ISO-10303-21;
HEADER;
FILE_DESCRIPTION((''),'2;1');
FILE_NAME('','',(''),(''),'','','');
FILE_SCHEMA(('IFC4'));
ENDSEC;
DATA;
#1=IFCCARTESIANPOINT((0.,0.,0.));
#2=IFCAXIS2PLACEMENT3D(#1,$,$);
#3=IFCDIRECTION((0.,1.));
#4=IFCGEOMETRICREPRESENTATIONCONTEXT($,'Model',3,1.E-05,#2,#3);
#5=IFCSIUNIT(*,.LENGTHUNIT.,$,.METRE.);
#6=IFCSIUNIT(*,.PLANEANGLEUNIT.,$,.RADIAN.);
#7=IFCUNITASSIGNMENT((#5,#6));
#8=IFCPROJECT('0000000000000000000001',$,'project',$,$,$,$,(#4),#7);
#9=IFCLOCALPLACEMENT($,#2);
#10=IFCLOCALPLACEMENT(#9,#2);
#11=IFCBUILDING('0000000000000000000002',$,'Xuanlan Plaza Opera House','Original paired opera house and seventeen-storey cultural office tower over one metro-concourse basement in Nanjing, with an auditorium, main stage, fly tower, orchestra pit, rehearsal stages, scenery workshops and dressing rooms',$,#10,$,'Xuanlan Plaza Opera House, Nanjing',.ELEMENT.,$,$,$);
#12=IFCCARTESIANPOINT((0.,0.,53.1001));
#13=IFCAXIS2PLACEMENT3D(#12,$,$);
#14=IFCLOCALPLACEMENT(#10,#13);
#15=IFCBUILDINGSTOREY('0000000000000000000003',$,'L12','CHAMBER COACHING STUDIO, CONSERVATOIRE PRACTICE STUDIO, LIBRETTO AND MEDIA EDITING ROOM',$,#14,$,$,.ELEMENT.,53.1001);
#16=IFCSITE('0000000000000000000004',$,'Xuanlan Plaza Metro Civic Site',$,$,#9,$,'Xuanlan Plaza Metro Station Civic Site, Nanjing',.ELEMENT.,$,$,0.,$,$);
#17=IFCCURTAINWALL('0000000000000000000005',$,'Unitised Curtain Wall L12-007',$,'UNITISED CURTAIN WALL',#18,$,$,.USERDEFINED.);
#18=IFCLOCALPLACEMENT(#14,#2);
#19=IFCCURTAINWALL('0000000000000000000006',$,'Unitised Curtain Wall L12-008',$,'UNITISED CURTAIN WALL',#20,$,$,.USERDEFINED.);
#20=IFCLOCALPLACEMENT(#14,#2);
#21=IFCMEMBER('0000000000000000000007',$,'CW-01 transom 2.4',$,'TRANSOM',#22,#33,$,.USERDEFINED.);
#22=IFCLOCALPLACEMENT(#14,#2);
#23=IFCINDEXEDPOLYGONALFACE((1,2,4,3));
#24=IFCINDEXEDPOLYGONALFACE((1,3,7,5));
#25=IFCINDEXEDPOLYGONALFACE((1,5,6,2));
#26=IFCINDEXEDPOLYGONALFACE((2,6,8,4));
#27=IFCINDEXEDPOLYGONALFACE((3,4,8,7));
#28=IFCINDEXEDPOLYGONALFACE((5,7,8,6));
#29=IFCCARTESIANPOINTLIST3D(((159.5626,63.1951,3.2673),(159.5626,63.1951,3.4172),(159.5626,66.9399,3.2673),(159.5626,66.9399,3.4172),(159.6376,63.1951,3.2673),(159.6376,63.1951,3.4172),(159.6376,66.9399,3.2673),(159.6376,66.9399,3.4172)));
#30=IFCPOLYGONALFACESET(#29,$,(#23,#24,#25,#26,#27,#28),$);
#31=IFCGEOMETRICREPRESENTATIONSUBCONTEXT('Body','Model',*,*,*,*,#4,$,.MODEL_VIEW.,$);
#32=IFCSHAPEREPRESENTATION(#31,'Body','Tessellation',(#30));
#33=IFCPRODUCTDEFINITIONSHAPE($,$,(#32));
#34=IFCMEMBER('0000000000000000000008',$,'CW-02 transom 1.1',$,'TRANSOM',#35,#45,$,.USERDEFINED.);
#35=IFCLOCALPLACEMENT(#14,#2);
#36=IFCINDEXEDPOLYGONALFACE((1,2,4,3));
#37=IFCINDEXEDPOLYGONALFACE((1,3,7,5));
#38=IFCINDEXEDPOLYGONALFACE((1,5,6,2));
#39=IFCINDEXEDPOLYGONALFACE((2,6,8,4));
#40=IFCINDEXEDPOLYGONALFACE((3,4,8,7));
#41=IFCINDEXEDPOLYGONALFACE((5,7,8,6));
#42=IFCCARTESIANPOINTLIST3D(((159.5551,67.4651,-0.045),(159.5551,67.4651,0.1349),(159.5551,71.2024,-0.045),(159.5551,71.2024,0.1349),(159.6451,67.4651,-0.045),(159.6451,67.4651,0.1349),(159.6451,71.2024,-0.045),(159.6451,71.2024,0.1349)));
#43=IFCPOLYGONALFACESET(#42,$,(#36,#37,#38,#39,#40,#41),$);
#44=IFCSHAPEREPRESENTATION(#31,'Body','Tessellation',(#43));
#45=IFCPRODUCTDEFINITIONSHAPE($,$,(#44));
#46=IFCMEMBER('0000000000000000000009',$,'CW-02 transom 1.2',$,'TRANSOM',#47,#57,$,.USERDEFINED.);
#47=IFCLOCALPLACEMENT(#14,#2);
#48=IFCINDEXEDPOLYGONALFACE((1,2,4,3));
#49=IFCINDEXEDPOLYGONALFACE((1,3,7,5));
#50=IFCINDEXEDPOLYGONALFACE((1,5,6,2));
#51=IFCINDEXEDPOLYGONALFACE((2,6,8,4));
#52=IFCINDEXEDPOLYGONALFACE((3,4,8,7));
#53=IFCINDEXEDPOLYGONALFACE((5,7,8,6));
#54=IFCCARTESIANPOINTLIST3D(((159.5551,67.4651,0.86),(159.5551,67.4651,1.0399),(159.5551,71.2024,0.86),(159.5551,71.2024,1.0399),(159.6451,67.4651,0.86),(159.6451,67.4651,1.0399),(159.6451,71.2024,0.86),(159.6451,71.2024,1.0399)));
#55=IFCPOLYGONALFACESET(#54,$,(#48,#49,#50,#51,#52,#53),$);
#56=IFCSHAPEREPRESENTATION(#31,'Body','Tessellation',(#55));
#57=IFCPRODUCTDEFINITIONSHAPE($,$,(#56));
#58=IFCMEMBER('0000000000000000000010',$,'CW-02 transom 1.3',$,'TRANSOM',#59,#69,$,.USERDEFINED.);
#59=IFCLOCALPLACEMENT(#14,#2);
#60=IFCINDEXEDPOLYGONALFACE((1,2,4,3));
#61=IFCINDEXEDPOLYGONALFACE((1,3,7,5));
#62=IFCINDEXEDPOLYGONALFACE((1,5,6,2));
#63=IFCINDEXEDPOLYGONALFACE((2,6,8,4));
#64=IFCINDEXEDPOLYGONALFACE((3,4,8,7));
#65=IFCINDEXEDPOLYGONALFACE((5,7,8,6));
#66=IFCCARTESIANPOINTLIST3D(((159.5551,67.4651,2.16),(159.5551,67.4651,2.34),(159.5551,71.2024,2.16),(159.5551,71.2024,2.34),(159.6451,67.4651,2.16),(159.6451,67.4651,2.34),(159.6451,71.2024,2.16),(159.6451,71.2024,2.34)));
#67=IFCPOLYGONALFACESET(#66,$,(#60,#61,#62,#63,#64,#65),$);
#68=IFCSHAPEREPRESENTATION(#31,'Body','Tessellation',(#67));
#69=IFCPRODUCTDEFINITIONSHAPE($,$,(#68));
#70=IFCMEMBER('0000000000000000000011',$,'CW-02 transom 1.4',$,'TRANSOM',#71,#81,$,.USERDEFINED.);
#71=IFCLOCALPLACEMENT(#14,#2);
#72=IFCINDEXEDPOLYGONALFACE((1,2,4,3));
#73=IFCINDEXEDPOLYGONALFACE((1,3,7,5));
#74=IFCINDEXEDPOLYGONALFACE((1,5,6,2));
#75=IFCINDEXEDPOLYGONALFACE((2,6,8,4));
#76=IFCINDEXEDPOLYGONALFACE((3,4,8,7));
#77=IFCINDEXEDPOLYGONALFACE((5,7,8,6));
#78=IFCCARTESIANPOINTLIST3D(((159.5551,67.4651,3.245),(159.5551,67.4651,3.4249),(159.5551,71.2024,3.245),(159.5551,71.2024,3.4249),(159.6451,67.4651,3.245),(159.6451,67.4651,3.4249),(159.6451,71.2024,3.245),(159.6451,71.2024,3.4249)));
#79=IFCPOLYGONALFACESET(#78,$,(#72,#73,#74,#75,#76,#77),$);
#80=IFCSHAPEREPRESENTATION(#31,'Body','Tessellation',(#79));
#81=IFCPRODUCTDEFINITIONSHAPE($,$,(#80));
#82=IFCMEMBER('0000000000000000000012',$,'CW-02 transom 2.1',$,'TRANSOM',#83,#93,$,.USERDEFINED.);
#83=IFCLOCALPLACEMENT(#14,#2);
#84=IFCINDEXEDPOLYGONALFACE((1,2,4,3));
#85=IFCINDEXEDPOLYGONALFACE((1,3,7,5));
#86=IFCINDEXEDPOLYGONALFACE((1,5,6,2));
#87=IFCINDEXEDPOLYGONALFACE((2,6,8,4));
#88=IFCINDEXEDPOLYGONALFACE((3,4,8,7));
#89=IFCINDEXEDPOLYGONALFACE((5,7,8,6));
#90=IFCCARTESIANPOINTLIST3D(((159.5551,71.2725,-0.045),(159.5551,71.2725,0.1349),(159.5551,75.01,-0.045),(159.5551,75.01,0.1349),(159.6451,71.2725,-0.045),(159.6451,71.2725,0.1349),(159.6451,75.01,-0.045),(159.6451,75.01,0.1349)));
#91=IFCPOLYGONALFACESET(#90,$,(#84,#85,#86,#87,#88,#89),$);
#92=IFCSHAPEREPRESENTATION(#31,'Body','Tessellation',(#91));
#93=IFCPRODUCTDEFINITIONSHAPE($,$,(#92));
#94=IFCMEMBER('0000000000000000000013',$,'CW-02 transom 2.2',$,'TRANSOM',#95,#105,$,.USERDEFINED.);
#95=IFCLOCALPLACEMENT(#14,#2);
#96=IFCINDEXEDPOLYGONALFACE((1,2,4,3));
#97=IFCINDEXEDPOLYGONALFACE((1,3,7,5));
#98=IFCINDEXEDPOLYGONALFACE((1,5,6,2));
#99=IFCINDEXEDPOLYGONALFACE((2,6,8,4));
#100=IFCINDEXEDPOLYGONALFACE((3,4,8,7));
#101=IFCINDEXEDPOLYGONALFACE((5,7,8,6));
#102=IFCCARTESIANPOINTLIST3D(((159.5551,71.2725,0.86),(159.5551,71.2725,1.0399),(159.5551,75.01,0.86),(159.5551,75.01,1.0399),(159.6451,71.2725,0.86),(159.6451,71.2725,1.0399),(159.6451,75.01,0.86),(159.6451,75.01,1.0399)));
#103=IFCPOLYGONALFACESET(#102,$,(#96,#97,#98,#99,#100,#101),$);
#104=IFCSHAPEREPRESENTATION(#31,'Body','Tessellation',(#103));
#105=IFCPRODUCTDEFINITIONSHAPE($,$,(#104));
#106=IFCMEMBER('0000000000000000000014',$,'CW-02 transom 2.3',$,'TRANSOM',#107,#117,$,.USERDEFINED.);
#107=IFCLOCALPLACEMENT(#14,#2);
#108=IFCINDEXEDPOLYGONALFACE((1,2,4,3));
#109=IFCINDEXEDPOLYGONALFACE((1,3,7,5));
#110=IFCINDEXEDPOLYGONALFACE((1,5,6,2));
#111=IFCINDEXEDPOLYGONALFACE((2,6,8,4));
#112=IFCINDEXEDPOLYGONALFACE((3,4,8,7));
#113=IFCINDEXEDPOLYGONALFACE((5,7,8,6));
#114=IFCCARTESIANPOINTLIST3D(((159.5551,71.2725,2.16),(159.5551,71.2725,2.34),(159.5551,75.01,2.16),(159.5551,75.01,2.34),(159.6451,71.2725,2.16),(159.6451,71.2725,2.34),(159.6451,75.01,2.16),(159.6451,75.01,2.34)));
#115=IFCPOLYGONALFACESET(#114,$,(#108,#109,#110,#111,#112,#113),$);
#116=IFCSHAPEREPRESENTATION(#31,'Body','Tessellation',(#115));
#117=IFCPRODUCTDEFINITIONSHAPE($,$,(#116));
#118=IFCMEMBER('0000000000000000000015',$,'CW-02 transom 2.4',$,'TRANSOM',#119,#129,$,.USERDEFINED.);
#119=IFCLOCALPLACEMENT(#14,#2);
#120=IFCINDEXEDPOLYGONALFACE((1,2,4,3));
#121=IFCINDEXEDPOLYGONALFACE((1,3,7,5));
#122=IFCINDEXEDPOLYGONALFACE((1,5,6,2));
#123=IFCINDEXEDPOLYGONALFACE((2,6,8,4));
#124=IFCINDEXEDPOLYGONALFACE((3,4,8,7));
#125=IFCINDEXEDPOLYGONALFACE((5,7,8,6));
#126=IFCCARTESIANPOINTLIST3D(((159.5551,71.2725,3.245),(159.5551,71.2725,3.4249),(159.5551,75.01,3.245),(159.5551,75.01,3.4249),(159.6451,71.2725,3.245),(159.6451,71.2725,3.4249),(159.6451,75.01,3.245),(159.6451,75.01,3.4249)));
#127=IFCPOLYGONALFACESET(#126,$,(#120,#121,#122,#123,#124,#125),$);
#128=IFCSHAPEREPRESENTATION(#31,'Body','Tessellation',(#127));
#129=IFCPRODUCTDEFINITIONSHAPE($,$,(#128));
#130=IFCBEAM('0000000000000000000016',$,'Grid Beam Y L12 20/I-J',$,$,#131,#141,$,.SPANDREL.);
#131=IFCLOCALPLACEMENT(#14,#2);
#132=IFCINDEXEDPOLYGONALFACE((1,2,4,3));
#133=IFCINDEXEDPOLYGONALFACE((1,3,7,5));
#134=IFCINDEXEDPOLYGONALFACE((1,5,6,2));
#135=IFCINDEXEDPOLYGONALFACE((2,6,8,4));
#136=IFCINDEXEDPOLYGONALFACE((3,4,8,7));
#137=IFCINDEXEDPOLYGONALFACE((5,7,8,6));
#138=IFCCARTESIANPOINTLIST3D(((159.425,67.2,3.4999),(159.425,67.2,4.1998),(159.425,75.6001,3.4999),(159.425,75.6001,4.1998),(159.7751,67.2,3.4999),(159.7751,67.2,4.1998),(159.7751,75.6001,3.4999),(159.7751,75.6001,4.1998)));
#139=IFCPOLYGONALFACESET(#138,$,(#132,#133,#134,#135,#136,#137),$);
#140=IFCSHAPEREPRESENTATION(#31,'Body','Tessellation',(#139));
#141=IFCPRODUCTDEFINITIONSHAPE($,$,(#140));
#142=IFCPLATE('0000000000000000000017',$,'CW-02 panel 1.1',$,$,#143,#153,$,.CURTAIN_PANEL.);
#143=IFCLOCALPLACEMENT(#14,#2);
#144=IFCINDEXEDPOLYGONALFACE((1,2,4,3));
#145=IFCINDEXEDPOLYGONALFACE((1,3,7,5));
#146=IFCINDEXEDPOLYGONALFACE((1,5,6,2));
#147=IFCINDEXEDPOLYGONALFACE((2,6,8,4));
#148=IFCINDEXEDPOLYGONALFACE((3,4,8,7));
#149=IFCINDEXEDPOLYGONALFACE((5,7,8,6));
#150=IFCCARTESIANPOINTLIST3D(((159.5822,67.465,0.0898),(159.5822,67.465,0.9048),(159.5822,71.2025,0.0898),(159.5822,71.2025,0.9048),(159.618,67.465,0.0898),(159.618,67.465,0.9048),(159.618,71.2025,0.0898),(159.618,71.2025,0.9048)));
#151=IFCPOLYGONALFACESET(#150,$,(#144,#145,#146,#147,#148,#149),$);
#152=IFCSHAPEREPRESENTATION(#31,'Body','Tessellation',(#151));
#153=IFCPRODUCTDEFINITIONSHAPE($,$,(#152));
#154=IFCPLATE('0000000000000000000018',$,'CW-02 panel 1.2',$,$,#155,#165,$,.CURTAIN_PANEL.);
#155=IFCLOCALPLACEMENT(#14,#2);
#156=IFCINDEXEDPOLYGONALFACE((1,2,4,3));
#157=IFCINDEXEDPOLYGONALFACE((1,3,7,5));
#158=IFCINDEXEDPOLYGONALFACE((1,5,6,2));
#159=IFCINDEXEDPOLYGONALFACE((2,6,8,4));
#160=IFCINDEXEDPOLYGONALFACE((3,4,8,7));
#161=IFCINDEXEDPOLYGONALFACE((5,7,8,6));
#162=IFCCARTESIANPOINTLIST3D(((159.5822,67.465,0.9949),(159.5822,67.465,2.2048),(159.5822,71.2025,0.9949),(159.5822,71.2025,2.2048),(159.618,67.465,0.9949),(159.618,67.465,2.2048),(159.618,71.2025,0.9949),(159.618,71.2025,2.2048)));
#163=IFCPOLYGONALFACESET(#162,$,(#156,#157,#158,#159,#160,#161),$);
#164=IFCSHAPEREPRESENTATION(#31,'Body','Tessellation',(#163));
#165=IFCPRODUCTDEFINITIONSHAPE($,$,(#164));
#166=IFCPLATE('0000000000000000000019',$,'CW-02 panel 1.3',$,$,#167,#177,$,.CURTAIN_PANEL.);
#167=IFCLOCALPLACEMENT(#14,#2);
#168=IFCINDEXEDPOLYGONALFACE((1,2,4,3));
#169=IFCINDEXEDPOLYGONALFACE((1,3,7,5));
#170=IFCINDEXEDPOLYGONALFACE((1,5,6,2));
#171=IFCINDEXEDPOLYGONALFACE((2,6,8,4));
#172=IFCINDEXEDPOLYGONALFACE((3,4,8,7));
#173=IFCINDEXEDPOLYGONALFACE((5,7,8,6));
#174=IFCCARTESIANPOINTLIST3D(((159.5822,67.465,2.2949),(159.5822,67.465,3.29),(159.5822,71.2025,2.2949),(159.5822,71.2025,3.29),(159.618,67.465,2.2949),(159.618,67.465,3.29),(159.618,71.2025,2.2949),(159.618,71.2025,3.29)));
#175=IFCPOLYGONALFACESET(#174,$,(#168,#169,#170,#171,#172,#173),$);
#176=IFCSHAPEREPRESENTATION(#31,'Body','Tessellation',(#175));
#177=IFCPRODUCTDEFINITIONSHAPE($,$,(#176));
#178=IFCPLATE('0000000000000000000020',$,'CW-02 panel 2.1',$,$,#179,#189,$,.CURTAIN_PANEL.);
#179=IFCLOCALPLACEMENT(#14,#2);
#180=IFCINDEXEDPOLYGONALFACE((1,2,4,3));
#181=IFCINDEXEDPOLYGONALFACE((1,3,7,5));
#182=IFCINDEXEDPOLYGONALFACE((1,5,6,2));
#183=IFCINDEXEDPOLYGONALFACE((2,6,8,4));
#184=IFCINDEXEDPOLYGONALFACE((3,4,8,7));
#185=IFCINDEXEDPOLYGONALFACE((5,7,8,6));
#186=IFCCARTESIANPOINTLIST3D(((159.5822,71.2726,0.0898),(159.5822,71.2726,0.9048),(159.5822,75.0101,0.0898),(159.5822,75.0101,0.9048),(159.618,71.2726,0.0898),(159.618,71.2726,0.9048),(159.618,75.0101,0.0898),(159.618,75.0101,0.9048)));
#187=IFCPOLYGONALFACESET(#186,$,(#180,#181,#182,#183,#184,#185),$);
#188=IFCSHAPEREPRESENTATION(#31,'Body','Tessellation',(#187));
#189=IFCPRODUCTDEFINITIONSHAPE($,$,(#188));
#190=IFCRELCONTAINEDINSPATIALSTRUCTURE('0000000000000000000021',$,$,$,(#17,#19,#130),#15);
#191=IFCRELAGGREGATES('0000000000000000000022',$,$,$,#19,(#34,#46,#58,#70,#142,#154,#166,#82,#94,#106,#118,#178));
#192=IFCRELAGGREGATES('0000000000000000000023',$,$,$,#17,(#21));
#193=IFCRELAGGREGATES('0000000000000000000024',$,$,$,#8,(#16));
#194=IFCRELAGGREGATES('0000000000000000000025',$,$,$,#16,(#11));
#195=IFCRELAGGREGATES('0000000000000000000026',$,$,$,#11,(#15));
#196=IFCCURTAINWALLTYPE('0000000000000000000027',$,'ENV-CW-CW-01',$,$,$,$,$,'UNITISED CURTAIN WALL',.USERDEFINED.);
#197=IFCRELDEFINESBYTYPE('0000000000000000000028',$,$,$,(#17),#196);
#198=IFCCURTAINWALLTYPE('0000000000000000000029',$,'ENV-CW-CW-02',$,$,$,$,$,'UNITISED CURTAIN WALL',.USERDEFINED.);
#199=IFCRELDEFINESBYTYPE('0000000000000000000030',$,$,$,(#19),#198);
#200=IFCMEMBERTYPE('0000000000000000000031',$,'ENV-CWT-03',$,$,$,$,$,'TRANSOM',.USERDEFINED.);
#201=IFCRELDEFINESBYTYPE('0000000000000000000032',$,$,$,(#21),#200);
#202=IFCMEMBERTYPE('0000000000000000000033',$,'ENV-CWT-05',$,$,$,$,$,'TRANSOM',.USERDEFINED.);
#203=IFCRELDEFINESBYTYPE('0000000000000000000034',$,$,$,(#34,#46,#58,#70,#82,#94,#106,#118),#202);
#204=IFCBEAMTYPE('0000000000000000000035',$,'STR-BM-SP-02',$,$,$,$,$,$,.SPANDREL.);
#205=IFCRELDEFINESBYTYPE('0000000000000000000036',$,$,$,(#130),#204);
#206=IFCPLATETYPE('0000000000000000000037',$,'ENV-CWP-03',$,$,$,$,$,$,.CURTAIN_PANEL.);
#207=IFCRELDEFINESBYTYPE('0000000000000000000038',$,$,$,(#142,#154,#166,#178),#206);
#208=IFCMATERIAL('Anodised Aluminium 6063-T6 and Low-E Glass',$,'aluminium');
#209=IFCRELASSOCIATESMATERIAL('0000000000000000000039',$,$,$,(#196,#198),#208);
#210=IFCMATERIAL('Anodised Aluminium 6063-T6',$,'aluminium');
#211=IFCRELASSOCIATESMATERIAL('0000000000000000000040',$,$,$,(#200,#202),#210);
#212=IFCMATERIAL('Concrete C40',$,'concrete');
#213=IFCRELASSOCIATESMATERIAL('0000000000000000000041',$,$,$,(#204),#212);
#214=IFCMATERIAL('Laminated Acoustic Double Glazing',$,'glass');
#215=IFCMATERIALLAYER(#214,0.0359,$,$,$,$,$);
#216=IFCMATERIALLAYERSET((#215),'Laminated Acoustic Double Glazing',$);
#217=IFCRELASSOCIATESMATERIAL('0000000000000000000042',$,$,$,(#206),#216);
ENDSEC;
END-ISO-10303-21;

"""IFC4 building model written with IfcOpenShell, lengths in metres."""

from ifc_helpers import new_model, si_unit, direction, frame, origin, origin_2d, place, context, subcontext, project, spatial, rectangle, extrude, material, layer, layer_set, material_profile, profile_set, type_object, element, aggregate, save


model = new_model("IFC4")

# Units and contexts
model_context = context("Model", 3, precision=1e-05, world=origin(), true_north=direction((0.0, 1.0)))
body_context = subcontext(model_context, "Body", "Model", "MODEL_VIEW")
ifc_project = project(units=[si_unit("LENGTHUNIT", "METRE"), si_unit("PLANEANGLEUNIT", "RADIAN")], contexts=[model_context])

# Site, building, storey
site_placement = place(None, origin())
site = spatial("IfcSite", under=ifc_project, at=site_placement, Name="Xuanlan Plaza Metro Civic Site", LongName="Xuanlan Plaza Metro Station Civic Site, Nanjing", CompositionType="ELEMENT", RefElevation=0.0)
building_placement = place(site_placement, origin())
building = spatial("IfcBuilding", under=site, at=building_placement, Name="Xuanlan Plaza Opera House", Description="Original paired opera house and seventeen-storey cultural office tower over one metro-concourse basement in Nanjing, with an auditorium, main stage, fly tower, orchestra pit, rehearsal stages, scenery workshops and dressing rooms", LongName="Xuanlan Plaza Opera House, Nanjing", CompositionType="ELEMENT")
storey_placement = place(building_placement, frame((0.0, 0.0, 53.1001)))
storey = spatial("IfcBuildingStorey", under=building, at=storey_placement, Name="L12", Description="CHAMBER COACHING STUDIO, CONSERVATOIRE PRACTICE STUDIO, LIBRETTO AND MEDIA EDITING ROOM", CompositionType="ELEMENT", Elevation=53.1001)

# Curtain walls
ifc_material_1 = material(Name="Anodised Aluminium 6063-T6 and Low-E Glass", Category="aluminium")
curtain_wall_type_1 = type_object("IfcCurtainWallType", Name="ENV-CW-CW-01", ElementType="UNITISED CURTAIN WALL", PredefinedType="USERDEFINED", material=ifc_material_1)
curtain_wall_1_placement = place(storey_placement, origin())
curtain_wall_1 = element("IfcCurtainWall", 1, at=curtain_wall_1_placement, inside=storey, type_object=curtain_wall_type_1, Name="Unitised Curtain Wall L12-007", ObjectType="UNITISED CURTAIN WALL", PredefinedType="USERDEFINED")
ifc_material_2 = material(Name="Anodised Aluminium 6063-T6", Category="aluminium")
curtain_wall_type_2 = type_object("IfcCurtainWallType", Name="ENV-CW-CW-02", ElementType="UNITISED CURTAIN WALL", PredefinedType="USERDEFINED", material=ifc_material_1)
curtain_wall_2_placement = place(storey_placement, origin())
curtain_wall_2 = element("IfcCurtainWall", 2, at=curtain_wall_2_placement, inside=storey, type_object=curtain_wall_type_2, Name="Unitised Curtain Wall L12-008", ObjectType="UNITISED CURTAIN WALL", PredefinedType="USERDEFINED")

# Members
ifc_material_profile_1 = material_profile(ifc_material_2, rectangle(XDim=0.075, YDim=0.1499, at=origin_2d()), Name="ALU-T 75x150")
ifc_profile_set_1 = profile_set([ifc_material_profile_1], Name="Anodised Aluminium 6063-T6")
member_type_1 = type_object("IfcMemberType", Name="ENV-CWT-03", ElementType="TRANSOM", PredefinedType="USERDEFINED", material=ifc_profile_set_1)
member_1_placement = place(storey_placement, frame((159.6001, 63.1951, 3.3423), z_axis=(0.0, 1.0, 0.0), x_axis=(-1.0, 0.0, 0.0)))
member_1 = element("IfcMember", 3, at=member_1_placement, type_object=member_type_1, Name="CW-01 transom 2.4", ObjectType="TRANSOM", PredefinedType="USERDEFINED", context=body_context, shape_type="SweptSolid", body=[
    extrude(rectangle(XDim=0.075, YDim=0.1499, at=origin_2d()), origin(), (0.0, 0.0, 1.0), 3.7449),
])
ifc_material_profile_2 = material_profile(ifc_material_2, rectangle(XDim=0.0901, YDim=0.1799, at=origin_2d()), Name="ALU-T 90x180")
ifc_profile_set_2 = profile_set([ifc_material_profile_2], Name="Anodised Aluminium 6063-T6")
member_type_2 = type_object("IfcMemberType", Name="ENV-CWT-05", ElementType="TRANSOM", PredefinedType="USERDEFINED", material=ifc_profile_set_2)
member_2_placement = place(storey_placement, frame((159.6001, 67.4651, 0.0449), z_axis=(0.0, 1.0, 0.0), x_axis=(-1.0, 0.0, 0.0)))
member_2 = element("IfcMember", 4, at=member_2_placement, type_object=member_type_2, Name="CW-02 transom 1.1", ObjectType="TRANSOM", PredefinedType="USERDEFINED", context=body_context, shape_type="SweptSolid", body=[
    extrude(rectangle(XDim=0.0901, YDim=0.1799, at=origin_2d()), origin(), (0.0, 0.0, 1.0), 3.7373),
])
member_3_placement = place(storey_placement, frame((159.6001, 67.4651, 0.95), z_axis=(0.0, 1.0, 0.0), x_axis=(-1.0, 0.0, 0.0)))
member_3 = element("IfcMember", 5, at=member_3_placement, type_object=member_type_2, Name="CW-02 transom 1.2", ObjectType="TRANSOM", PredefinedType="USERDEFINED", context=body_context, shape_type="SweptSolid", body=[
    extrude(rectangle(XDim=0.0901, YDim=0.1799, at=origin_2d()), origin(), (0.0, 0.0, 1.0), 3.7373),
])
member_4_placement = place(storey_placement, frame((159.6001, 67.4651, 2.25), z_axis=(0.0, 1.0, 0.0), x_axis=(-1.0, 0.0, 0.0)))
member_4 = element("IfcMember", 6, at=member_4_placement, type_object=member_type_2, Name="CW-02 transom 1.3", ObjectType="TRANSOM", PredefinedType="USERDEFINED", context=body_context, shape_type="SweptSolid", body=[
    extrude(rectangle(XDim=0.0901, YDim=0.1799, at=origin_2d()), origin(), (0.0, 0.0, 1.0), 3.7373),
])
member_5_placement = place(storey_placement, frame((159.6001, 67.4651, 3.335), z_axis=(0.0, 1.0, 0.0), x_axis=(-1.0, 0.0, 0.0)))
member_5 = element("IfcMember", 7, at=member_5_placement, type_object=member_type_2, Name="CW-02 transom 1.4", ObjectType="TRANSOM", PredefinedType="USERDEFINED", context=body_context, shape_type="SweptSolid", body=[
    extrude(rectangle(XDim=0.0901, YDim=0.1799, at=origin_2d()), origin(), (0.0, 0.0, 1.0), 3.7373),
])
member_6_placement = place(storey_placement, frame((159.6001, 71.2725, 0.0449), z_axis=(0.0, 1.0, 0.0), x_axis=(-1.0, 0.0, 0.0)))
member_6 = element("IfcMember", 8, at=member_6_placement, type_object=member_type_2, Name="CW-02 transom 2.1", ObjectType="TRANSOM", PredefinedType="USERDEFINED", context=body_context, shape_type="SweptSolid", body=[
    extrude(rectangle(XDim=0.0901, YDim=0.1799, at=origin_2d()), origin(), (0.0, 0.0, 1.0), 3.7375),
])
member_7_placement = place(storey_placement, frame((159.6001, 71.2725, 0.95), z_axis=(0.0, 1.0, 0.0), x_axis=(-1.0, 0.0, 0.0)))
member_7 = element("IfcMember", 9, at=member_7_placement, type_object=member_type_2, Name="CW-02 transom 2.2", ObjectType="TRANSOM", PredefinedType="USERDEFINED", context=body_context, shape_type="SweptSolid", body=[
    extrude(rectangle(XDim=0.0901, YDim=0.1799, at=origin_2d()), origin(), (0.0, 0.0, 1.0), 3.7375),
])
member_8_placement = place(storey_placement, frame((159.6001, 71.2725, 2.25), z_axis=(0.0, 1.0, 0.0), x_axis=(-1.0, 0.0, 0.0)))
member_8 = element("IfcMember", 10, at=member_8_placement, type_object=member_type_2, Name="CW-02 transom 2.3", ObjectType="TRANSOM", PredefinedType="USERDEFINED", context=body_context, shape_type="SweptSolid", body=[
    extrude(rectangle(XDim=0.0901, YDim=0.1799, at=origin_2d()), origin(), (0.0, 0.0, 1.0), 3.7375),
])
member_9_placement = place(storey_placement, frame((159.6001, 71.2725, 3.335), z_axis=(0.0, 1.0, 0.0), x_axis=(-1.0, 0.0, 0.0)))
member_9 = element("IfcMember", 11, at=member_9_placement, type_object=member_type_2, Name="CW-02 transom 2.4", ObjectType="TRANSOM", PredefinedType="USERDEFINED", context=body_context, shape_type="SweptSolid", body=[
    extrude(rectangle(XDim=0.0901, YDim=0.1799, at=origin_2d()), origin(), (0.0, 0.0, 1.0), 3.7375),
])

# Beam
ifc_material_3 = material(Name="Concrete C40", Category="concrete")
ifc_material_profile_3 = material_profile(ifc_material_3, rectangle(XDim=0.3501, YDim=0.7, at=origin_2d()), Name="RC-SPD 350x700")
ifc_profile_set_3 = profile_set([ifc_material_profile_3], Name="Concrete C40")
beam_type = type_object("IfcBeamType", Name="STR-BM-SP-02", PredefinedType="SPANDREL", material=ifc_profile_set_3)
beam_placement = place(storey_placement, frame((159.6001, 67.2, 3.8499), z_axis=(0.0, 1.0, 0.0), x_axis=(-1.0, 0.0, 0.0)))
element("IfcBeam", 12, at=beam_placement, inside=storey, type_object=beam_type, Name="Grid Beam Y L12 20/I-J", PredefinedType="SPANDREL", context=body_context, shape_type="SweptSolid", body=[
    extrude(rectangle(XDim=0.3501, YDim=0.7, at=origin_2d()), origin(), (0.0, 0.0, 1.0), 8.4001),
])

# Plates
ifc_material_4 = material(Name="Laminated Acoustic Double Glazing", Category="glass")
ifc_layer_1 = layer(ifc_material_4, 0.0359)
ifc_layer_set_1 = layer_set([ifc_layer_1], Name="Laminated Acoustic Double Glazing")
plate_type_1 = type_object("IfcPlateType", Name="ENV-CWP-03", PredefinedType="CURTAIN_PANEL", material=ifc_layer_set_1)
plate_1_placement = place(storey_placement, frame((159.6001, 69.3337, 0.0898), z_axis=(0.0, 0.0, 1.0), x_axis=(0.0, 1.0, 0.0)))
plate_1 = element("IfcPlate", 13, at=plate_1_placement, type_object=plate_type_1, Name="CW-02 panel 1.1", PredefinedType="CURTAIN_PANEL", context=body_context, shape_type="SweptSolid", body=[
    extrude(rectangle(XDim=3.7375, YDim=0.0359, at=origin_2d()), origin(), (0.0, 0.0, 1.0), 0.8149),
])
plate_2_placement = place(storey_placement, frame((159.6001, 69.3337, 0.9949), z_axis=(0.0, 0.0, 1.0), x_axis=(0.0, 1.0, 0.0)))
plate_2 = element("IfcPlate", 14, at=plate_2_placement, type_object=plate_type_1, Name="CW-02 panel 1.2", PredefinedType="CURTAIN_PANEL", context=body_context, shape_type="SweptSolid", body=[
    extrude(rectangle(XDim=3.7375, YDim=0.0359, at=origin_2d()), origin(), (0.0, 0.0, 1.0), 1.21),
])
plate_3_placement = place(storey_placement, frame((159.6001, 69.3337, 2.2949), z_axis=(0.0, 0.0, 1.0), x_axis=(0.0, 1.0, 0.0)))
plate_3 = element("IfcPlate", 15, at=plate_3_placement, type_object=plate_type_1, Name="CW-02 panel 1.3", PredefinedType="CURTAIN_PANEL", context=body_context, shape_type="SweptSolid", body=[
    extrude(rectangle(XDim=3.7375, YDim=0.0359, at=origin_2d()), origin(), (0.0, 0.0, 1.0), 0.9951),
])
plate_4_placement = place(storey_placement, frame((159.6001, 73.1414, 0.0898), z_axis=(0.0, 0.0, 1.0), x_axis=(0.0, 1.0, 0.0)))
plate_4 = element("IfcPlate", 16, at=plate_4_placement, type_object=plate_type_1, Name="CW-02 panel 2.1", PredefinedType="CURTAIN_PANEL", context=body_context, shape_type="SweptSolid", body=[
    extrude(rectangle(XDim=3.7375, YDim=0.0359, at=origin_2d()), origin(), (0.0, 0.0, 1.0), 0.8149),
])
aggregate(curtain_wall_2, [member_2, member_3, member_4, member_5, plate_1, plate_2, plate_3, member_6, member_7, member_8, member_9, plate_4])
aggregate(curtain_wall_1, [member_1])

save(model, "model.ifc")
